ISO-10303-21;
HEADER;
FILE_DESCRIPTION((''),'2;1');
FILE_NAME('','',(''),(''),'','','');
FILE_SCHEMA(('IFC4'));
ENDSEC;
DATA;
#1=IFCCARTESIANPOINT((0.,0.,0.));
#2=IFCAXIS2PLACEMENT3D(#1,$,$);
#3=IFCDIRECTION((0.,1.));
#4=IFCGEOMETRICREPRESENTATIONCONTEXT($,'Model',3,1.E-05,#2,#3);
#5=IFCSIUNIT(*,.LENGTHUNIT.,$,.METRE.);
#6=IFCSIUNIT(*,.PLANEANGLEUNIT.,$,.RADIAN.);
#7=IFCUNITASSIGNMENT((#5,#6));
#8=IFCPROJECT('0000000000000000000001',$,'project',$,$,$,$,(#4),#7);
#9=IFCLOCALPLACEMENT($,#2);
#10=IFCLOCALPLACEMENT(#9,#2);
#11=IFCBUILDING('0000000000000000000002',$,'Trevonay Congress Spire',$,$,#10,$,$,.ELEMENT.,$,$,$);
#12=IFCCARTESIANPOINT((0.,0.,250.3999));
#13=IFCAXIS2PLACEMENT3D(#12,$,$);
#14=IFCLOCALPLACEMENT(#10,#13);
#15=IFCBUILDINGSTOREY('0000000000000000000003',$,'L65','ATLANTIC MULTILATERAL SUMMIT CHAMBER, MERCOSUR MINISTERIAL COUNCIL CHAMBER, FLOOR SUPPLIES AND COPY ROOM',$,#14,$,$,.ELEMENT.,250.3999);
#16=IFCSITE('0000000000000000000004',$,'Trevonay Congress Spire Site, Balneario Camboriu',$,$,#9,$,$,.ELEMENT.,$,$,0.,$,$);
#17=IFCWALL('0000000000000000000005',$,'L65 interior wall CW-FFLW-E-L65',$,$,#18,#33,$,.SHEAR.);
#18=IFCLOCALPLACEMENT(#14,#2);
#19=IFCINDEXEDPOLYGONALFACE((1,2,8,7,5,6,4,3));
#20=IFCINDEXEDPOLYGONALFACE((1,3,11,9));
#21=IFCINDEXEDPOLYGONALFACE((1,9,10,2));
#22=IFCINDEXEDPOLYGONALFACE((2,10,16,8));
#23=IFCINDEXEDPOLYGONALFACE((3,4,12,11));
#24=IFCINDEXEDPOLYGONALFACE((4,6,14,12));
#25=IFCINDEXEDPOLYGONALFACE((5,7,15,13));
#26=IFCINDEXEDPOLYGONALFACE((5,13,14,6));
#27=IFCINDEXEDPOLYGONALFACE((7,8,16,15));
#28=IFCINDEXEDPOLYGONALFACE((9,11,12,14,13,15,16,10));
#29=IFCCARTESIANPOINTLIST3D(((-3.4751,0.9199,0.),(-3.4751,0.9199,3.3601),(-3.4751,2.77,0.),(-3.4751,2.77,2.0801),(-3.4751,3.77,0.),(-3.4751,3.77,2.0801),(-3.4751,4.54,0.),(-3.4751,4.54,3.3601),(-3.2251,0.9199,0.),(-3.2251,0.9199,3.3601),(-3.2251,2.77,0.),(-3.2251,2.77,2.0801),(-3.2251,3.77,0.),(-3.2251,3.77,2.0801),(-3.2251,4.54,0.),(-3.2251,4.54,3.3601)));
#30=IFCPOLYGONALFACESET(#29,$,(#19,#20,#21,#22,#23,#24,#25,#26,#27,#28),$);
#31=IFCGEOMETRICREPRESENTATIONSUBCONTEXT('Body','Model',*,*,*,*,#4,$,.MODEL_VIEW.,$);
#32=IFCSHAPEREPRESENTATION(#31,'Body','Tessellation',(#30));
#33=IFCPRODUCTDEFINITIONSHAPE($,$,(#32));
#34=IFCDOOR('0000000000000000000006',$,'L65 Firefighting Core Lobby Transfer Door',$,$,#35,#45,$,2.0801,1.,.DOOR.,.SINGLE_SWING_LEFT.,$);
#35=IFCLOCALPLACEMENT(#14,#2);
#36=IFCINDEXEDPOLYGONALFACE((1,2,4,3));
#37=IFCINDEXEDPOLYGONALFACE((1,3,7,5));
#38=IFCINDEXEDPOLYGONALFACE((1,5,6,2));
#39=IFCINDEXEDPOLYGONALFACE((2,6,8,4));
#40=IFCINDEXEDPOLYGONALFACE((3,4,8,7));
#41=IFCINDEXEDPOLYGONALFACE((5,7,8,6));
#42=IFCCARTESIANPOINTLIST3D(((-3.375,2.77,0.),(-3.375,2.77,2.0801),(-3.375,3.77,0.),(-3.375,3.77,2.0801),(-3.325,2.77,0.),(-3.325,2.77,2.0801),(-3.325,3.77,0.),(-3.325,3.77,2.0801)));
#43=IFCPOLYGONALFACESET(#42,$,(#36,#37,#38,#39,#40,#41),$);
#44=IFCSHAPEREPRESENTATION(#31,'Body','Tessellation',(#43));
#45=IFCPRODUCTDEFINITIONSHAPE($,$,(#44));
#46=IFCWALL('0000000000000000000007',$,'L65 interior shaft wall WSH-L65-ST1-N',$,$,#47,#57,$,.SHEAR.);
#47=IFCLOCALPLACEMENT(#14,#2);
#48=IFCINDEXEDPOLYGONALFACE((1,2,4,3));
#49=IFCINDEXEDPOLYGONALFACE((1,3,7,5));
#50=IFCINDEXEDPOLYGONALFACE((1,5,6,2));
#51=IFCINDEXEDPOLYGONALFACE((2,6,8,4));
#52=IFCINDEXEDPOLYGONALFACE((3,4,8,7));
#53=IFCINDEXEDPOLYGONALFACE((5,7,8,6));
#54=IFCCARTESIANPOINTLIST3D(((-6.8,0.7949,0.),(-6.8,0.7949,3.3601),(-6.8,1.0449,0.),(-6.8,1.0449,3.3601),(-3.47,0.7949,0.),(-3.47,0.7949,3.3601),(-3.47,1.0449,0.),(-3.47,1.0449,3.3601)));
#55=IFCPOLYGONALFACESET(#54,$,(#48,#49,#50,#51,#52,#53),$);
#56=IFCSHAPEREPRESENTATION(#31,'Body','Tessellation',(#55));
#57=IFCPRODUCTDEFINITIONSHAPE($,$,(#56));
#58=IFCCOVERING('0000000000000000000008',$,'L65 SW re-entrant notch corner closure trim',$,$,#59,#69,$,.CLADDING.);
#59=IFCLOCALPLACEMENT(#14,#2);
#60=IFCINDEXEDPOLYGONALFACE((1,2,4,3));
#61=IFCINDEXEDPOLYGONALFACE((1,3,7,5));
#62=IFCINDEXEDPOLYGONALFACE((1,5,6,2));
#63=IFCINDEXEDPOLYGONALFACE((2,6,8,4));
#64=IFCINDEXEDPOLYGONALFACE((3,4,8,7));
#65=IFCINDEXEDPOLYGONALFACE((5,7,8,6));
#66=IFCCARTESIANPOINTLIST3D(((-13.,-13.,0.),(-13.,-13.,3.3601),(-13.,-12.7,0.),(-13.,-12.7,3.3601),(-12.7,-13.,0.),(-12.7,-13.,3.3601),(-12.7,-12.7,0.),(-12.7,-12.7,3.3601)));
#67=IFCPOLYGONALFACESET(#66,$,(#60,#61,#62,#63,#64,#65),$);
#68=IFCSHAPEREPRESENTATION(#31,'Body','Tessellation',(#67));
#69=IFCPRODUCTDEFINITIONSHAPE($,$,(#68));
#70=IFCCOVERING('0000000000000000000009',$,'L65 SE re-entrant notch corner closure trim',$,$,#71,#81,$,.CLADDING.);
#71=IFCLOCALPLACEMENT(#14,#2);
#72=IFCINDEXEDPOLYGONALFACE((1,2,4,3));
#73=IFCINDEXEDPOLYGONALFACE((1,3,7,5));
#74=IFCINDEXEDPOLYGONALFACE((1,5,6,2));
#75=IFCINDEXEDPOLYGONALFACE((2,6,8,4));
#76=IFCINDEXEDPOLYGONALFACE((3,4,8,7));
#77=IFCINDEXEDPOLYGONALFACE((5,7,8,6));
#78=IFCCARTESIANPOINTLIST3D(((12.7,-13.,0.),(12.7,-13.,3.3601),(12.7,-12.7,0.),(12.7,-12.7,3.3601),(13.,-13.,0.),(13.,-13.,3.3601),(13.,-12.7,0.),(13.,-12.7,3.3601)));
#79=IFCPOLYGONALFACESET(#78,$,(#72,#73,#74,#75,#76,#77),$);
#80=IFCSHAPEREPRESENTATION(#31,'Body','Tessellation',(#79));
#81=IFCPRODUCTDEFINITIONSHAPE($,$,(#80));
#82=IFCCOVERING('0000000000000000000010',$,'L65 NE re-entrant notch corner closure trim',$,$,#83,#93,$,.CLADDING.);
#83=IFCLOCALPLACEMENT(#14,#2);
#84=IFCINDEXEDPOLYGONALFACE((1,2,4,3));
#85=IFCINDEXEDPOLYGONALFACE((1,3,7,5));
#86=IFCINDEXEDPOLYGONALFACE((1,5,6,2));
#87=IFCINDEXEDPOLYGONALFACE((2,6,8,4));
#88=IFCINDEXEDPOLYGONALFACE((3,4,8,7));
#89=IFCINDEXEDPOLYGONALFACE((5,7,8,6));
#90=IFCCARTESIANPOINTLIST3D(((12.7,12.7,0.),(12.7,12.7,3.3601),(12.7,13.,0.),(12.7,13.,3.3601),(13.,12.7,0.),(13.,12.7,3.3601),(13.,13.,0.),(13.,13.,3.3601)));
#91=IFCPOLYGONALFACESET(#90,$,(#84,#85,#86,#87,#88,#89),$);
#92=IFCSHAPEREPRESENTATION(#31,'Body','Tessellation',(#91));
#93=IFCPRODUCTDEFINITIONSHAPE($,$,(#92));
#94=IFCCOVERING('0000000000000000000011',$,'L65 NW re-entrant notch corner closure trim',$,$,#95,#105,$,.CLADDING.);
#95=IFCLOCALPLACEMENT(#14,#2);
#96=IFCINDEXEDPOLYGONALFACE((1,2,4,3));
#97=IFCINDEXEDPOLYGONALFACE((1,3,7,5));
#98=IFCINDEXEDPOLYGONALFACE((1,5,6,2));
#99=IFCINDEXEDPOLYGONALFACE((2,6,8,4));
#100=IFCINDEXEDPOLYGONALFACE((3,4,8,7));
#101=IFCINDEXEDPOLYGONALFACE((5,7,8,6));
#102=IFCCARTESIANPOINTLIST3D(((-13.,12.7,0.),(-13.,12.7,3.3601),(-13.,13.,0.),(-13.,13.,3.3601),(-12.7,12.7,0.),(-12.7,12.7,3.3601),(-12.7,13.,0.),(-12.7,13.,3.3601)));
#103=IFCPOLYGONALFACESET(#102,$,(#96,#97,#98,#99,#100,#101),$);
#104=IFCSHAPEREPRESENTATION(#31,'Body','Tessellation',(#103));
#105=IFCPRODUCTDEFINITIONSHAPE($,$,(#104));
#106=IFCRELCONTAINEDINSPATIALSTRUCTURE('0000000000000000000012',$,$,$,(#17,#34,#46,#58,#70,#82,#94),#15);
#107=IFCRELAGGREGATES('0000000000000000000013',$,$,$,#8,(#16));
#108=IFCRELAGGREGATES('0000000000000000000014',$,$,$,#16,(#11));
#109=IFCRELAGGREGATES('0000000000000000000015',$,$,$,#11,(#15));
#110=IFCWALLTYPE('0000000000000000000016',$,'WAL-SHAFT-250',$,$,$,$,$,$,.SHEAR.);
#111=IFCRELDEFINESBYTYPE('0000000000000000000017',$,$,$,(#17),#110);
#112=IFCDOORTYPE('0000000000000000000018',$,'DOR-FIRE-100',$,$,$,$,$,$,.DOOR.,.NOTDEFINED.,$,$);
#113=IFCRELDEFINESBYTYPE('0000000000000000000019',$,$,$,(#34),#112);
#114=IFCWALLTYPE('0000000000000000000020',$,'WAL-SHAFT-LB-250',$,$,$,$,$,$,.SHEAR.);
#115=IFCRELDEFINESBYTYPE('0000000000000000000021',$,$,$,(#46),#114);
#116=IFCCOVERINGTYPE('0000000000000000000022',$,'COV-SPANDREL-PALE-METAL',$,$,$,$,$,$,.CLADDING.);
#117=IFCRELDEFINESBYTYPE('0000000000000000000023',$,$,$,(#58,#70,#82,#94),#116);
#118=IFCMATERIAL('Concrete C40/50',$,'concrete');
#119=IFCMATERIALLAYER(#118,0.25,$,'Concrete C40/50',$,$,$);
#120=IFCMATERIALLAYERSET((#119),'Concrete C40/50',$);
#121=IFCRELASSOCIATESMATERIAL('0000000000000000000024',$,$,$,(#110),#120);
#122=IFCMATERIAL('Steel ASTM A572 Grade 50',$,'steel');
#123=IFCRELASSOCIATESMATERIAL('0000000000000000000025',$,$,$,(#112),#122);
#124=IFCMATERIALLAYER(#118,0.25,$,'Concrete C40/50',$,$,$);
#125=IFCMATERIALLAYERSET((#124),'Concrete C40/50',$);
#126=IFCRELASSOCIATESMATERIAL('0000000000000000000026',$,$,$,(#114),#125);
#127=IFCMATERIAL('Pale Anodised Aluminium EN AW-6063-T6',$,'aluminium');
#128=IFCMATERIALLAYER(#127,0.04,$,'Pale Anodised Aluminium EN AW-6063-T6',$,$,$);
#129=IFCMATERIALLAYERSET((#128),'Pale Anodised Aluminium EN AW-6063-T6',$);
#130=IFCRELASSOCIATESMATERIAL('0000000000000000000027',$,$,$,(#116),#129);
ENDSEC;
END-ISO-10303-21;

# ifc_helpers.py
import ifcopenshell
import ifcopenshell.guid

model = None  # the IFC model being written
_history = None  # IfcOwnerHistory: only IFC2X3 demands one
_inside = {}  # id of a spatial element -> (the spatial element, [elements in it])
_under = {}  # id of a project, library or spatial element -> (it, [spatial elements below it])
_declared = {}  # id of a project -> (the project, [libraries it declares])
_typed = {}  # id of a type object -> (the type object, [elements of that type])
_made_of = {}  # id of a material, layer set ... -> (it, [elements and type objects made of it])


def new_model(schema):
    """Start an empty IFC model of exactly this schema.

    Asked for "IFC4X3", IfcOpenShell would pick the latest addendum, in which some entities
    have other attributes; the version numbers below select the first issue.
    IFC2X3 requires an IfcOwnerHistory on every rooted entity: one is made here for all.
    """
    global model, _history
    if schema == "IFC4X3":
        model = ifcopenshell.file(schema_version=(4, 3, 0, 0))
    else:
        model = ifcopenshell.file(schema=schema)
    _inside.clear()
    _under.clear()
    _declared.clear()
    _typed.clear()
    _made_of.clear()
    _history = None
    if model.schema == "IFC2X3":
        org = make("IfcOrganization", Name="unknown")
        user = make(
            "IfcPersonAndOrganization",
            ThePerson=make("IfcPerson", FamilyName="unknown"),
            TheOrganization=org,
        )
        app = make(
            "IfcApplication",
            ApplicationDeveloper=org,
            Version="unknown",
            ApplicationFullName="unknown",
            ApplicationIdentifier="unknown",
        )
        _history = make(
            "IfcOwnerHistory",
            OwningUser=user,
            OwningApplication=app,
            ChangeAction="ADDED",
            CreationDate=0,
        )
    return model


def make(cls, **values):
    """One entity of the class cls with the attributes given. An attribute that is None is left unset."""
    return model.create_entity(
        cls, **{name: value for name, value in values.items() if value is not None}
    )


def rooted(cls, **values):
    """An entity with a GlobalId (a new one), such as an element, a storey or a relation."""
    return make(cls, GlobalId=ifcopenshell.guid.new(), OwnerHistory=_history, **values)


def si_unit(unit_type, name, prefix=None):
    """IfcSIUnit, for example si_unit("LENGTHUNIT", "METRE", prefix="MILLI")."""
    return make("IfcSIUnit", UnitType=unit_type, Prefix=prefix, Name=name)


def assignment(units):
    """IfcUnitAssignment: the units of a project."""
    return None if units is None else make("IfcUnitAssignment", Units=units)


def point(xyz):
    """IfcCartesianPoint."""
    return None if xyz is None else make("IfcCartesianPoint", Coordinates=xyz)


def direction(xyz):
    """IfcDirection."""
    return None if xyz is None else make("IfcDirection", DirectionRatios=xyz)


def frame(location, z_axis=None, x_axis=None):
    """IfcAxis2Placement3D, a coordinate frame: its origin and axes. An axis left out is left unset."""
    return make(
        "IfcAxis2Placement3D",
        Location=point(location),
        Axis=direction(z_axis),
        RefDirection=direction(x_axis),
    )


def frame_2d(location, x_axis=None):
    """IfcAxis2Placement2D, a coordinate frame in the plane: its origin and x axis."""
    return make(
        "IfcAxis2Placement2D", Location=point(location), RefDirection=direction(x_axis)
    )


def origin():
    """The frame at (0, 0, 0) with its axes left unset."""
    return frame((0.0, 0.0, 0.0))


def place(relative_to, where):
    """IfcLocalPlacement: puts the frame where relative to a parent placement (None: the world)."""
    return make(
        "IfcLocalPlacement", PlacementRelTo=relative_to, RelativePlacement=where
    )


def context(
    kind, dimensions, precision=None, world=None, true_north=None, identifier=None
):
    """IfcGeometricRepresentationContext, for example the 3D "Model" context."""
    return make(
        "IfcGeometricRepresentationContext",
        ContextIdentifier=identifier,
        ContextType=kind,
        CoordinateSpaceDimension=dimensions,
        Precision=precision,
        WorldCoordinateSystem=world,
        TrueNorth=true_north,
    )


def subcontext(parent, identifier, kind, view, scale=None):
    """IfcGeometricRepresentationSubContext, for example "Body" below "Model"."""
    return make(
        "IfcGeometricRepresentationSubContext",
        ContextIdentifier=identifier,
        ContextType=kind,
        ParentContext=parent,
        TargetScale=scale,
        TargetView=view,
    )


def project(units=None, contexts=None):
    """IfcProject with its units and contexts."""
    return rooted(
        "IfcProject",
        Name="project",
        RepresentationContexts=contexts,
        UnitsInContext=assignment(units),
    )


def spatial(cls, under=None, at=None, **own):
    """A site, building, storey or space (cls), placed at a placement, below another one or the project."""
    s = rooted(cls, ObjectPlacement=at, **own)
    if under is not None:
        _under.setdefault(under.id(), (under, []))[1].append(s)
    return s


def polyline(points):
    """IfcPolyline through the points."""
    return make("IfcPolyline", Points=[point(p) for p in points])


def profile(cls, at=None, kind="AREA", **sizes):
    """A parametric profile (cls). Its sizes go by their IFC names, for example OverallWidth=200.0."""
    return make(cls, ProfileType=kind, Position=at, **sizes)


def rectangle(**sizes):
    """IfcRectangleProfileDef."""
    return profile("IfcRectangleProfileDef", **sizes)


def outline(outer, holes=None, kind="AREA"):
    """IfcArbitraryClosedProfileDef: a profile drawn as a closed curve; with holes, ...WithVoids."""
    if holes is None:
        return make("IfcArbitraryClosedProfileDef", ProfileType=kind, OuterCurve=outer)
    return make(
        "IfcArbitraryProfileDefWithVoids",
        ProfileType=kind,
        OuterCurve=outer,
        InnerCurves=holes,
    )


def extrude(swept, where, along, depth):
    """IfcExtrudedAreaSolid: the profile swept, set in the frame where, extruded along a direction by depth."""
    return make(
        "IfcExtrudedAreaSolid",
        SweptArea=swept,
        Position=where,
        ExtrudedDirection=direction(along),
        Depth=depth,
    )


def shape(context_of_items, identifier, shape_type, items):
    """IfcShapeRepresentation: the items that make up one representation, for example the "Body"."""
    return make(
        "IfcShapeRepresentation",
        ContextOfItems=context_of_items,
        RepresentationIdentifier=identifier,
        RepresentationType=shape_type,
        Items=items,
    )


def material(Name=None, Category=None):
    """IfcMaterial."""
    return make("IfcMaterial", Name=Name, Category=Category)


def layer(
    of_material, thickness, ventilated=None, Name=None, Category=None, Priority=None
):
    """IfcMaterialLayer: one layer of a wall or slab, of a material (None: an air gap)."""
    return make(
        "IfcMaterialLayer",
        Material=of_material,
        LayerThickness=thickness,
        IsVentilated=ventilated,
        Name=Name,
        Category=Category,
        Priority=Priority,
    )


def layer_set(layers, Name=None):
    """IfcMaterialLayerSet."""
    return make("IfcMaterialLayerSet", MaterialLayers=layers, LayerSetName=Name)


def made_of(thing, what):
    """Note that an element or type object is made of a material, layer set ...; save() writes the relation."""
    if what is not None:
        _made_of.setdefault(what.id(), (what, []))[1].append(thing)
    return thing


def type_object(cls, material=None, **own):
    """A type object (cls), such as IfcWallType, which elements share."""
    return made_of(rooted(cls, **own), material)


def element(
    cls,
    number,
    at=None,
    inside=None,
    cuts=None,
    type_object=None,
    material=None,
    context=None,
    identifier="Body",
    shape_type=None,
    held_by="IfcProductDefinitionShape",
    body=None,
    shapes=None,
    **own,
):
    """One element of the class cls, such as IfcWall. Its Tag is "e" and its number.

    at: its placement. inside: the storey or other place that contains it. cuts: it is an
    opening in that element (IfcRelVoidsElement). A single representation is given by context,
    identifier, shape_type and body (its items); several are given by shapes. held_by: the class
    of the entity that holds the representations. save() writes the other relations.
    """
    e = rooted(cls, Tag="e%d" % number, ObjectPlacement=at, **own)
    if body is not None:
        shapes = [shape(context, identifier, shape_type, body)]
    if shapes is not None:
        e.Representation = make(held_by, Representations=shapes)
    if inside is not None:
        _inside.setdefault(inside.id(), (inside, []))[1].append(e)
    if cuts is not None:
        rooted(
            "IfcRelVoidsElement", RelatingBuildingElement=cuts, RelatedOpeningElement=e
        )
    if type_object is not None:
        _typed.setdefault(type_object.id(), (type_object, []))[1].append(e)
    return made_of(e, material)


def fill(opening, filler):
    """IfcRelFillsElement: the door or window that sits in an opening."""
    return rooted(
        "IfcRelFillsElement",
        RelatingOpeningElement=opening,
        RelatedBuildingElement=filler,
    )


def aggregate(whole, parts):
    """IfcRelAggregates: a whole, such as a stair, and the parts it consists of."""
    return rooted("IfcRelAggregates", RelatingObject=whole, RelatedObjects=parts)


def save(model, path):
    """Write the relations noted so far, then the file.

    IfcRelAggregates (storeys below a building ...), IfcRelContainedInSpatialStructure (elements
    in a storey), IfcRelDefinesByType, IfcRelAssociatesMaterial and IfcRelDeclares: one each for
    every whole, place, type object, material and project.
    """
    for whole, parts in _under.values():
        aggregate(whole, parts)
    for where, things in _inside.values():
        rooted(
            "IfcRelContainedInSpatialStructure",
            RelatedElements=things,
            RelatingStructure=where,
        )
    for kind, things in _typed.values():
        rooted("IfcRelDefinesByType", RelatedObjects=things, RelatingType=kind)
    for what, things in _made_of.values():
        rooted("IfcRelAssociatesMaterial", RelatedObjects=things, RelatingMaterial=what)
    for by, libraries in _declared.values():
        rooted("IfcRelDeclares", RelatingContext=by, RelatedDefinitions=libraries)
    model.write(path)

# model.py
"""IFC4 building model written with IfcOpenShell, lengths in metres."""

from ifc_helpers import new_model, si_unit, direction, frame, frame_2d, origin, place, context, subcontext, project, spatial, polyline, rectangle, outline, extrude, material, layer, layer_set, type_object, element, fill, save


model = new_model("IFC4")

# Units and contexts
model_context = context("Model", 3, precision=1e-05, world=origin(), true_north=direction((0.0, 1.0)))
body_context = subcontext(model_context, "Body", "Model", "MODEL_VIEW")
ifc_project = project(units=[si_unit("LENGTHUNIT", "METRE"), si_unit("PLANEANGLEUNIT", "RADIAN")], contexts=[model_context])

# Site, building, storey
site_placement = place(None, origin())
site = spatial("IfcSite", under=ifc_project, at=site_placement, Name="Trevonay Congress Spire Site, Balneario Camboriu", CompositionType="ELEMENT", RefElevation=0.0)
building_placement = place(site_placement, origin())
building = spatial("IfcBuilding", under=site, at=building_placement, Name="Trevonay Congress Spire", CompositionType="ELEMENT")
storey_placement = place(building_placement, frame((0.0, 0.0, 250.3999)))
storey = spatial("IfcBuildingStorey", under=building, at=storey_placement, Name="L65", Description="ATLANTIC MULTILATERAL SUMMIT CHAMBER, MERCOSUR MINISTERIAL COUNCIL CHAMBER, FLOOR SUPPLIES AND COPY ROOM", CompositionType="ELEMENT", Elevation=250.3999)

# Shared definitions
ifc_material_1 = material(Name="Steel ASTM A572 Grade 50", Category="steel")

# Shared definitions
ifc_material_2 = material(Name="Concrete C40/50", Category="concrete")

# Shared definitions
ifc_layer_1 = layer(ifc_material_2, 0.25, Name="Concrete C40/50")
ifc_layer_set_1 = layer_set([ifc_layer_1], Name="Concrete C40/50")
wall_type_1 = type_object("IfcWallType", Name="WAL-SHAFT-250", PredefinedType="SHEAR", material=ifc_layer_set_1)
ifc_material_3 = material(Name="Pale Anodised Aluminium EN AW-6063-T6", Category="aluminium")

# Wall, opening, door
wall_1_placement = place(storey_placement, frame((-3.3501, 0.9199, 0.0), z_axis=(0.0, 0.0, 1.0), x_axis=(0.0, 1.0, 0.0)))
wall_1 = element("IfcWall", 1, at=wall_1_placement, inside=storey, type_object=wall_type_1, Name="L65 interior wall CW-FFLW-E-L65", PredefinedType="SHEAR", context=body_context, shape_type="SweptSolid", body=[
    extrude(rectangle(XDim=3.6201, YDim=0.25, at=frame_2d((1.8101, 0.0))), origin(), (0.0, 0.0, 1.0), 3.3601),
])
opening_1_placement = place(wall_1_placement, frame((1.8501, 0.0, 0.0)))
opening_1 = element("IfcOpeningElement", 2, at=opening_1_placement, cuts=wall_1, PredefinedType="OPENING", context=body_context, shape_type="SweptSolid", body=[
    extrude(rectangle(XDim=1.0, YDim=2.0801, at=frame_2d((0.5, 1.04))), frame((0.0, 0.135, 0.0), z_axis=(0.0, -1.0, 0.0), x_axis=(1.0, 0.0, 0.0)), (0.0, 0.0, 1.0), 0.27),
])
door_type_1 = type_object("IfcDoorType", Name="DOR-FIRE-100", OperationType="NOTDEFINED", PredefinedType="DOOR", material=ifc_material_1)
door_1_placement = place(opening_1_placement, origin())
door_1 = element("IfcDoor", 3, at=door_1_placement, inside=storey, type_object=door_type_1, Name="L65 Firefighting Core Lobby Transfer Door", OperationType="SINGLE_SWING_LEFT", OverallHeight=2.0801, OverallWidth=1.0, PredefinedType="DOOR", context=body_context, shape_type="SweptSolid", body=[
    extrude(rectangle(XDim=1.0, YDim=2.0801, at=frame_2d((0.5, 1.04))), frame((0.0, 0.0249, 0.0), z_axis=(0.0, -1.0, 0.0), x_axis=(1.0, 0.0, 0.0)), (0.0, 0.0, 1.0), 0.05),
])
fill(opening_1, door_1)

# Wall
ifc_layer_2 = layer(ifc_material_2, 0.25, Name="Concrete C40/50")
ifc_layer_set_2 = layer_set([ifc_layer_2], Name="Concrete C40/50")
wall_type_2 = type_object("IfcWallType", Name="WAL-SHAFT-LB-250", PredefinedType="SHEAR", material=ifc_layer_set_2)
wall_2_placement = place(storey_placement, frame((-6.8, 0.9199, 0.0), z_axis=(0.0, 0.0, 1.0), x_axis=(1.0, 0.0, 0.0)))
element("IfcWall", 4, at=wall_2_placement, inside=storey, type_object=wall_type_2, Name="L65 interior shaft wall WSH-L65-ST1-N", PredefinedType="SHEAR", context=body_context, shape_type="SweptSolid", body=[
    extrude(rectangle(XDim=3.3301, YDim=0.25, at=frame_2d((1.665, 0.0))), origin(), (0.0, 0.0, 1.0), 3.3601),
])

# Coverings
ifc_layer_3 = layer(ifc_material_3, 0.04, Name="Pale Anodised Aluminium EN AW-6063-T6")
ifc_layer_set_3 = layer_set([ifc_layer_3], Name="Pale Anodised Aluminium EN AW-6063-T6")
covering_type = type_object("IfcCoveringType", Name="COV-SPANDREL-PALE-METAL", PredefinedType="CLADDING", material=ifc_layer_set_3)
covering_1_placement = place(storey_placement, origin())
element("IfcCovering", 5, at=covering_1_placement, inside=storey, type_object=covering_type, Name="L65 SW re-entrant notch corner closure trim", PredefinedType="CLADDING", context=body_context, shape_type="SweptSolid", body=[
    extrude(outline(polyline([(-13.0, -13.0), (-12.7, -13.0), (-12.7, -12.7), (-13.0, -12.7), (-13.0, -13.0)])), origin(), (0.0, 0.0, 1.0), 3.3601),
])
covering_2_placement = place(storey_placement, origin())
element("IfcCovering", 6, at=covering_2_placement, inside=storey, type_object=covering_type, Name="L65 SE re-entrant notch corner closure trim", PredefinedType="CLADDING", context=body_context, shape_type="SweptSolid", body=[
    extrude(outline(polyline([(12.7, -13.0), (13.0, -13.0), (13.0, -12.7), (12.7, -12.7), (12.7, -13.0)])), origin(), (0.0, 0.0, 1.0), 3.3601),
])
covering_3_placement = place(storey_placement, origin())
element("IfcCovering", 7, at=covering_3_placement, inside=storey, type_object=covering_type, Name="L65 NE re-entrant notch corner closure trim", PredefinedType="CLADDING", context=body_context, shape_type="SweptSolid", body=[
    extrude(outline(polyline([(12.7, 12.7), (13.0, 12.7), (13.0, 13.0), (12.7, 13.0), (12.7, 12.7)])), origin(), (0.0, 0.0, 1.0), 3.3601),
])
covering_4_placement = place(storey_placement, origin())
element("IfcCovering", 8, at=covering_4_placement, inside=storey, type_object=covering_type, Name="L65 NW re-entrant notch corner closure trim", PredefinedType="CLADDING", context=body_context, shape_type="SweptSolid", body=[
    extrude(outline(polyline([(-13.0, 12.7), (-12.7, 12.7), (-12.7, 13.0), (-13.0, 13.0), (-13.0, 12.7)])), origin(), (0.0, 0.0, 1.0), 3.3601),
])

save(model, "model.ifc")
